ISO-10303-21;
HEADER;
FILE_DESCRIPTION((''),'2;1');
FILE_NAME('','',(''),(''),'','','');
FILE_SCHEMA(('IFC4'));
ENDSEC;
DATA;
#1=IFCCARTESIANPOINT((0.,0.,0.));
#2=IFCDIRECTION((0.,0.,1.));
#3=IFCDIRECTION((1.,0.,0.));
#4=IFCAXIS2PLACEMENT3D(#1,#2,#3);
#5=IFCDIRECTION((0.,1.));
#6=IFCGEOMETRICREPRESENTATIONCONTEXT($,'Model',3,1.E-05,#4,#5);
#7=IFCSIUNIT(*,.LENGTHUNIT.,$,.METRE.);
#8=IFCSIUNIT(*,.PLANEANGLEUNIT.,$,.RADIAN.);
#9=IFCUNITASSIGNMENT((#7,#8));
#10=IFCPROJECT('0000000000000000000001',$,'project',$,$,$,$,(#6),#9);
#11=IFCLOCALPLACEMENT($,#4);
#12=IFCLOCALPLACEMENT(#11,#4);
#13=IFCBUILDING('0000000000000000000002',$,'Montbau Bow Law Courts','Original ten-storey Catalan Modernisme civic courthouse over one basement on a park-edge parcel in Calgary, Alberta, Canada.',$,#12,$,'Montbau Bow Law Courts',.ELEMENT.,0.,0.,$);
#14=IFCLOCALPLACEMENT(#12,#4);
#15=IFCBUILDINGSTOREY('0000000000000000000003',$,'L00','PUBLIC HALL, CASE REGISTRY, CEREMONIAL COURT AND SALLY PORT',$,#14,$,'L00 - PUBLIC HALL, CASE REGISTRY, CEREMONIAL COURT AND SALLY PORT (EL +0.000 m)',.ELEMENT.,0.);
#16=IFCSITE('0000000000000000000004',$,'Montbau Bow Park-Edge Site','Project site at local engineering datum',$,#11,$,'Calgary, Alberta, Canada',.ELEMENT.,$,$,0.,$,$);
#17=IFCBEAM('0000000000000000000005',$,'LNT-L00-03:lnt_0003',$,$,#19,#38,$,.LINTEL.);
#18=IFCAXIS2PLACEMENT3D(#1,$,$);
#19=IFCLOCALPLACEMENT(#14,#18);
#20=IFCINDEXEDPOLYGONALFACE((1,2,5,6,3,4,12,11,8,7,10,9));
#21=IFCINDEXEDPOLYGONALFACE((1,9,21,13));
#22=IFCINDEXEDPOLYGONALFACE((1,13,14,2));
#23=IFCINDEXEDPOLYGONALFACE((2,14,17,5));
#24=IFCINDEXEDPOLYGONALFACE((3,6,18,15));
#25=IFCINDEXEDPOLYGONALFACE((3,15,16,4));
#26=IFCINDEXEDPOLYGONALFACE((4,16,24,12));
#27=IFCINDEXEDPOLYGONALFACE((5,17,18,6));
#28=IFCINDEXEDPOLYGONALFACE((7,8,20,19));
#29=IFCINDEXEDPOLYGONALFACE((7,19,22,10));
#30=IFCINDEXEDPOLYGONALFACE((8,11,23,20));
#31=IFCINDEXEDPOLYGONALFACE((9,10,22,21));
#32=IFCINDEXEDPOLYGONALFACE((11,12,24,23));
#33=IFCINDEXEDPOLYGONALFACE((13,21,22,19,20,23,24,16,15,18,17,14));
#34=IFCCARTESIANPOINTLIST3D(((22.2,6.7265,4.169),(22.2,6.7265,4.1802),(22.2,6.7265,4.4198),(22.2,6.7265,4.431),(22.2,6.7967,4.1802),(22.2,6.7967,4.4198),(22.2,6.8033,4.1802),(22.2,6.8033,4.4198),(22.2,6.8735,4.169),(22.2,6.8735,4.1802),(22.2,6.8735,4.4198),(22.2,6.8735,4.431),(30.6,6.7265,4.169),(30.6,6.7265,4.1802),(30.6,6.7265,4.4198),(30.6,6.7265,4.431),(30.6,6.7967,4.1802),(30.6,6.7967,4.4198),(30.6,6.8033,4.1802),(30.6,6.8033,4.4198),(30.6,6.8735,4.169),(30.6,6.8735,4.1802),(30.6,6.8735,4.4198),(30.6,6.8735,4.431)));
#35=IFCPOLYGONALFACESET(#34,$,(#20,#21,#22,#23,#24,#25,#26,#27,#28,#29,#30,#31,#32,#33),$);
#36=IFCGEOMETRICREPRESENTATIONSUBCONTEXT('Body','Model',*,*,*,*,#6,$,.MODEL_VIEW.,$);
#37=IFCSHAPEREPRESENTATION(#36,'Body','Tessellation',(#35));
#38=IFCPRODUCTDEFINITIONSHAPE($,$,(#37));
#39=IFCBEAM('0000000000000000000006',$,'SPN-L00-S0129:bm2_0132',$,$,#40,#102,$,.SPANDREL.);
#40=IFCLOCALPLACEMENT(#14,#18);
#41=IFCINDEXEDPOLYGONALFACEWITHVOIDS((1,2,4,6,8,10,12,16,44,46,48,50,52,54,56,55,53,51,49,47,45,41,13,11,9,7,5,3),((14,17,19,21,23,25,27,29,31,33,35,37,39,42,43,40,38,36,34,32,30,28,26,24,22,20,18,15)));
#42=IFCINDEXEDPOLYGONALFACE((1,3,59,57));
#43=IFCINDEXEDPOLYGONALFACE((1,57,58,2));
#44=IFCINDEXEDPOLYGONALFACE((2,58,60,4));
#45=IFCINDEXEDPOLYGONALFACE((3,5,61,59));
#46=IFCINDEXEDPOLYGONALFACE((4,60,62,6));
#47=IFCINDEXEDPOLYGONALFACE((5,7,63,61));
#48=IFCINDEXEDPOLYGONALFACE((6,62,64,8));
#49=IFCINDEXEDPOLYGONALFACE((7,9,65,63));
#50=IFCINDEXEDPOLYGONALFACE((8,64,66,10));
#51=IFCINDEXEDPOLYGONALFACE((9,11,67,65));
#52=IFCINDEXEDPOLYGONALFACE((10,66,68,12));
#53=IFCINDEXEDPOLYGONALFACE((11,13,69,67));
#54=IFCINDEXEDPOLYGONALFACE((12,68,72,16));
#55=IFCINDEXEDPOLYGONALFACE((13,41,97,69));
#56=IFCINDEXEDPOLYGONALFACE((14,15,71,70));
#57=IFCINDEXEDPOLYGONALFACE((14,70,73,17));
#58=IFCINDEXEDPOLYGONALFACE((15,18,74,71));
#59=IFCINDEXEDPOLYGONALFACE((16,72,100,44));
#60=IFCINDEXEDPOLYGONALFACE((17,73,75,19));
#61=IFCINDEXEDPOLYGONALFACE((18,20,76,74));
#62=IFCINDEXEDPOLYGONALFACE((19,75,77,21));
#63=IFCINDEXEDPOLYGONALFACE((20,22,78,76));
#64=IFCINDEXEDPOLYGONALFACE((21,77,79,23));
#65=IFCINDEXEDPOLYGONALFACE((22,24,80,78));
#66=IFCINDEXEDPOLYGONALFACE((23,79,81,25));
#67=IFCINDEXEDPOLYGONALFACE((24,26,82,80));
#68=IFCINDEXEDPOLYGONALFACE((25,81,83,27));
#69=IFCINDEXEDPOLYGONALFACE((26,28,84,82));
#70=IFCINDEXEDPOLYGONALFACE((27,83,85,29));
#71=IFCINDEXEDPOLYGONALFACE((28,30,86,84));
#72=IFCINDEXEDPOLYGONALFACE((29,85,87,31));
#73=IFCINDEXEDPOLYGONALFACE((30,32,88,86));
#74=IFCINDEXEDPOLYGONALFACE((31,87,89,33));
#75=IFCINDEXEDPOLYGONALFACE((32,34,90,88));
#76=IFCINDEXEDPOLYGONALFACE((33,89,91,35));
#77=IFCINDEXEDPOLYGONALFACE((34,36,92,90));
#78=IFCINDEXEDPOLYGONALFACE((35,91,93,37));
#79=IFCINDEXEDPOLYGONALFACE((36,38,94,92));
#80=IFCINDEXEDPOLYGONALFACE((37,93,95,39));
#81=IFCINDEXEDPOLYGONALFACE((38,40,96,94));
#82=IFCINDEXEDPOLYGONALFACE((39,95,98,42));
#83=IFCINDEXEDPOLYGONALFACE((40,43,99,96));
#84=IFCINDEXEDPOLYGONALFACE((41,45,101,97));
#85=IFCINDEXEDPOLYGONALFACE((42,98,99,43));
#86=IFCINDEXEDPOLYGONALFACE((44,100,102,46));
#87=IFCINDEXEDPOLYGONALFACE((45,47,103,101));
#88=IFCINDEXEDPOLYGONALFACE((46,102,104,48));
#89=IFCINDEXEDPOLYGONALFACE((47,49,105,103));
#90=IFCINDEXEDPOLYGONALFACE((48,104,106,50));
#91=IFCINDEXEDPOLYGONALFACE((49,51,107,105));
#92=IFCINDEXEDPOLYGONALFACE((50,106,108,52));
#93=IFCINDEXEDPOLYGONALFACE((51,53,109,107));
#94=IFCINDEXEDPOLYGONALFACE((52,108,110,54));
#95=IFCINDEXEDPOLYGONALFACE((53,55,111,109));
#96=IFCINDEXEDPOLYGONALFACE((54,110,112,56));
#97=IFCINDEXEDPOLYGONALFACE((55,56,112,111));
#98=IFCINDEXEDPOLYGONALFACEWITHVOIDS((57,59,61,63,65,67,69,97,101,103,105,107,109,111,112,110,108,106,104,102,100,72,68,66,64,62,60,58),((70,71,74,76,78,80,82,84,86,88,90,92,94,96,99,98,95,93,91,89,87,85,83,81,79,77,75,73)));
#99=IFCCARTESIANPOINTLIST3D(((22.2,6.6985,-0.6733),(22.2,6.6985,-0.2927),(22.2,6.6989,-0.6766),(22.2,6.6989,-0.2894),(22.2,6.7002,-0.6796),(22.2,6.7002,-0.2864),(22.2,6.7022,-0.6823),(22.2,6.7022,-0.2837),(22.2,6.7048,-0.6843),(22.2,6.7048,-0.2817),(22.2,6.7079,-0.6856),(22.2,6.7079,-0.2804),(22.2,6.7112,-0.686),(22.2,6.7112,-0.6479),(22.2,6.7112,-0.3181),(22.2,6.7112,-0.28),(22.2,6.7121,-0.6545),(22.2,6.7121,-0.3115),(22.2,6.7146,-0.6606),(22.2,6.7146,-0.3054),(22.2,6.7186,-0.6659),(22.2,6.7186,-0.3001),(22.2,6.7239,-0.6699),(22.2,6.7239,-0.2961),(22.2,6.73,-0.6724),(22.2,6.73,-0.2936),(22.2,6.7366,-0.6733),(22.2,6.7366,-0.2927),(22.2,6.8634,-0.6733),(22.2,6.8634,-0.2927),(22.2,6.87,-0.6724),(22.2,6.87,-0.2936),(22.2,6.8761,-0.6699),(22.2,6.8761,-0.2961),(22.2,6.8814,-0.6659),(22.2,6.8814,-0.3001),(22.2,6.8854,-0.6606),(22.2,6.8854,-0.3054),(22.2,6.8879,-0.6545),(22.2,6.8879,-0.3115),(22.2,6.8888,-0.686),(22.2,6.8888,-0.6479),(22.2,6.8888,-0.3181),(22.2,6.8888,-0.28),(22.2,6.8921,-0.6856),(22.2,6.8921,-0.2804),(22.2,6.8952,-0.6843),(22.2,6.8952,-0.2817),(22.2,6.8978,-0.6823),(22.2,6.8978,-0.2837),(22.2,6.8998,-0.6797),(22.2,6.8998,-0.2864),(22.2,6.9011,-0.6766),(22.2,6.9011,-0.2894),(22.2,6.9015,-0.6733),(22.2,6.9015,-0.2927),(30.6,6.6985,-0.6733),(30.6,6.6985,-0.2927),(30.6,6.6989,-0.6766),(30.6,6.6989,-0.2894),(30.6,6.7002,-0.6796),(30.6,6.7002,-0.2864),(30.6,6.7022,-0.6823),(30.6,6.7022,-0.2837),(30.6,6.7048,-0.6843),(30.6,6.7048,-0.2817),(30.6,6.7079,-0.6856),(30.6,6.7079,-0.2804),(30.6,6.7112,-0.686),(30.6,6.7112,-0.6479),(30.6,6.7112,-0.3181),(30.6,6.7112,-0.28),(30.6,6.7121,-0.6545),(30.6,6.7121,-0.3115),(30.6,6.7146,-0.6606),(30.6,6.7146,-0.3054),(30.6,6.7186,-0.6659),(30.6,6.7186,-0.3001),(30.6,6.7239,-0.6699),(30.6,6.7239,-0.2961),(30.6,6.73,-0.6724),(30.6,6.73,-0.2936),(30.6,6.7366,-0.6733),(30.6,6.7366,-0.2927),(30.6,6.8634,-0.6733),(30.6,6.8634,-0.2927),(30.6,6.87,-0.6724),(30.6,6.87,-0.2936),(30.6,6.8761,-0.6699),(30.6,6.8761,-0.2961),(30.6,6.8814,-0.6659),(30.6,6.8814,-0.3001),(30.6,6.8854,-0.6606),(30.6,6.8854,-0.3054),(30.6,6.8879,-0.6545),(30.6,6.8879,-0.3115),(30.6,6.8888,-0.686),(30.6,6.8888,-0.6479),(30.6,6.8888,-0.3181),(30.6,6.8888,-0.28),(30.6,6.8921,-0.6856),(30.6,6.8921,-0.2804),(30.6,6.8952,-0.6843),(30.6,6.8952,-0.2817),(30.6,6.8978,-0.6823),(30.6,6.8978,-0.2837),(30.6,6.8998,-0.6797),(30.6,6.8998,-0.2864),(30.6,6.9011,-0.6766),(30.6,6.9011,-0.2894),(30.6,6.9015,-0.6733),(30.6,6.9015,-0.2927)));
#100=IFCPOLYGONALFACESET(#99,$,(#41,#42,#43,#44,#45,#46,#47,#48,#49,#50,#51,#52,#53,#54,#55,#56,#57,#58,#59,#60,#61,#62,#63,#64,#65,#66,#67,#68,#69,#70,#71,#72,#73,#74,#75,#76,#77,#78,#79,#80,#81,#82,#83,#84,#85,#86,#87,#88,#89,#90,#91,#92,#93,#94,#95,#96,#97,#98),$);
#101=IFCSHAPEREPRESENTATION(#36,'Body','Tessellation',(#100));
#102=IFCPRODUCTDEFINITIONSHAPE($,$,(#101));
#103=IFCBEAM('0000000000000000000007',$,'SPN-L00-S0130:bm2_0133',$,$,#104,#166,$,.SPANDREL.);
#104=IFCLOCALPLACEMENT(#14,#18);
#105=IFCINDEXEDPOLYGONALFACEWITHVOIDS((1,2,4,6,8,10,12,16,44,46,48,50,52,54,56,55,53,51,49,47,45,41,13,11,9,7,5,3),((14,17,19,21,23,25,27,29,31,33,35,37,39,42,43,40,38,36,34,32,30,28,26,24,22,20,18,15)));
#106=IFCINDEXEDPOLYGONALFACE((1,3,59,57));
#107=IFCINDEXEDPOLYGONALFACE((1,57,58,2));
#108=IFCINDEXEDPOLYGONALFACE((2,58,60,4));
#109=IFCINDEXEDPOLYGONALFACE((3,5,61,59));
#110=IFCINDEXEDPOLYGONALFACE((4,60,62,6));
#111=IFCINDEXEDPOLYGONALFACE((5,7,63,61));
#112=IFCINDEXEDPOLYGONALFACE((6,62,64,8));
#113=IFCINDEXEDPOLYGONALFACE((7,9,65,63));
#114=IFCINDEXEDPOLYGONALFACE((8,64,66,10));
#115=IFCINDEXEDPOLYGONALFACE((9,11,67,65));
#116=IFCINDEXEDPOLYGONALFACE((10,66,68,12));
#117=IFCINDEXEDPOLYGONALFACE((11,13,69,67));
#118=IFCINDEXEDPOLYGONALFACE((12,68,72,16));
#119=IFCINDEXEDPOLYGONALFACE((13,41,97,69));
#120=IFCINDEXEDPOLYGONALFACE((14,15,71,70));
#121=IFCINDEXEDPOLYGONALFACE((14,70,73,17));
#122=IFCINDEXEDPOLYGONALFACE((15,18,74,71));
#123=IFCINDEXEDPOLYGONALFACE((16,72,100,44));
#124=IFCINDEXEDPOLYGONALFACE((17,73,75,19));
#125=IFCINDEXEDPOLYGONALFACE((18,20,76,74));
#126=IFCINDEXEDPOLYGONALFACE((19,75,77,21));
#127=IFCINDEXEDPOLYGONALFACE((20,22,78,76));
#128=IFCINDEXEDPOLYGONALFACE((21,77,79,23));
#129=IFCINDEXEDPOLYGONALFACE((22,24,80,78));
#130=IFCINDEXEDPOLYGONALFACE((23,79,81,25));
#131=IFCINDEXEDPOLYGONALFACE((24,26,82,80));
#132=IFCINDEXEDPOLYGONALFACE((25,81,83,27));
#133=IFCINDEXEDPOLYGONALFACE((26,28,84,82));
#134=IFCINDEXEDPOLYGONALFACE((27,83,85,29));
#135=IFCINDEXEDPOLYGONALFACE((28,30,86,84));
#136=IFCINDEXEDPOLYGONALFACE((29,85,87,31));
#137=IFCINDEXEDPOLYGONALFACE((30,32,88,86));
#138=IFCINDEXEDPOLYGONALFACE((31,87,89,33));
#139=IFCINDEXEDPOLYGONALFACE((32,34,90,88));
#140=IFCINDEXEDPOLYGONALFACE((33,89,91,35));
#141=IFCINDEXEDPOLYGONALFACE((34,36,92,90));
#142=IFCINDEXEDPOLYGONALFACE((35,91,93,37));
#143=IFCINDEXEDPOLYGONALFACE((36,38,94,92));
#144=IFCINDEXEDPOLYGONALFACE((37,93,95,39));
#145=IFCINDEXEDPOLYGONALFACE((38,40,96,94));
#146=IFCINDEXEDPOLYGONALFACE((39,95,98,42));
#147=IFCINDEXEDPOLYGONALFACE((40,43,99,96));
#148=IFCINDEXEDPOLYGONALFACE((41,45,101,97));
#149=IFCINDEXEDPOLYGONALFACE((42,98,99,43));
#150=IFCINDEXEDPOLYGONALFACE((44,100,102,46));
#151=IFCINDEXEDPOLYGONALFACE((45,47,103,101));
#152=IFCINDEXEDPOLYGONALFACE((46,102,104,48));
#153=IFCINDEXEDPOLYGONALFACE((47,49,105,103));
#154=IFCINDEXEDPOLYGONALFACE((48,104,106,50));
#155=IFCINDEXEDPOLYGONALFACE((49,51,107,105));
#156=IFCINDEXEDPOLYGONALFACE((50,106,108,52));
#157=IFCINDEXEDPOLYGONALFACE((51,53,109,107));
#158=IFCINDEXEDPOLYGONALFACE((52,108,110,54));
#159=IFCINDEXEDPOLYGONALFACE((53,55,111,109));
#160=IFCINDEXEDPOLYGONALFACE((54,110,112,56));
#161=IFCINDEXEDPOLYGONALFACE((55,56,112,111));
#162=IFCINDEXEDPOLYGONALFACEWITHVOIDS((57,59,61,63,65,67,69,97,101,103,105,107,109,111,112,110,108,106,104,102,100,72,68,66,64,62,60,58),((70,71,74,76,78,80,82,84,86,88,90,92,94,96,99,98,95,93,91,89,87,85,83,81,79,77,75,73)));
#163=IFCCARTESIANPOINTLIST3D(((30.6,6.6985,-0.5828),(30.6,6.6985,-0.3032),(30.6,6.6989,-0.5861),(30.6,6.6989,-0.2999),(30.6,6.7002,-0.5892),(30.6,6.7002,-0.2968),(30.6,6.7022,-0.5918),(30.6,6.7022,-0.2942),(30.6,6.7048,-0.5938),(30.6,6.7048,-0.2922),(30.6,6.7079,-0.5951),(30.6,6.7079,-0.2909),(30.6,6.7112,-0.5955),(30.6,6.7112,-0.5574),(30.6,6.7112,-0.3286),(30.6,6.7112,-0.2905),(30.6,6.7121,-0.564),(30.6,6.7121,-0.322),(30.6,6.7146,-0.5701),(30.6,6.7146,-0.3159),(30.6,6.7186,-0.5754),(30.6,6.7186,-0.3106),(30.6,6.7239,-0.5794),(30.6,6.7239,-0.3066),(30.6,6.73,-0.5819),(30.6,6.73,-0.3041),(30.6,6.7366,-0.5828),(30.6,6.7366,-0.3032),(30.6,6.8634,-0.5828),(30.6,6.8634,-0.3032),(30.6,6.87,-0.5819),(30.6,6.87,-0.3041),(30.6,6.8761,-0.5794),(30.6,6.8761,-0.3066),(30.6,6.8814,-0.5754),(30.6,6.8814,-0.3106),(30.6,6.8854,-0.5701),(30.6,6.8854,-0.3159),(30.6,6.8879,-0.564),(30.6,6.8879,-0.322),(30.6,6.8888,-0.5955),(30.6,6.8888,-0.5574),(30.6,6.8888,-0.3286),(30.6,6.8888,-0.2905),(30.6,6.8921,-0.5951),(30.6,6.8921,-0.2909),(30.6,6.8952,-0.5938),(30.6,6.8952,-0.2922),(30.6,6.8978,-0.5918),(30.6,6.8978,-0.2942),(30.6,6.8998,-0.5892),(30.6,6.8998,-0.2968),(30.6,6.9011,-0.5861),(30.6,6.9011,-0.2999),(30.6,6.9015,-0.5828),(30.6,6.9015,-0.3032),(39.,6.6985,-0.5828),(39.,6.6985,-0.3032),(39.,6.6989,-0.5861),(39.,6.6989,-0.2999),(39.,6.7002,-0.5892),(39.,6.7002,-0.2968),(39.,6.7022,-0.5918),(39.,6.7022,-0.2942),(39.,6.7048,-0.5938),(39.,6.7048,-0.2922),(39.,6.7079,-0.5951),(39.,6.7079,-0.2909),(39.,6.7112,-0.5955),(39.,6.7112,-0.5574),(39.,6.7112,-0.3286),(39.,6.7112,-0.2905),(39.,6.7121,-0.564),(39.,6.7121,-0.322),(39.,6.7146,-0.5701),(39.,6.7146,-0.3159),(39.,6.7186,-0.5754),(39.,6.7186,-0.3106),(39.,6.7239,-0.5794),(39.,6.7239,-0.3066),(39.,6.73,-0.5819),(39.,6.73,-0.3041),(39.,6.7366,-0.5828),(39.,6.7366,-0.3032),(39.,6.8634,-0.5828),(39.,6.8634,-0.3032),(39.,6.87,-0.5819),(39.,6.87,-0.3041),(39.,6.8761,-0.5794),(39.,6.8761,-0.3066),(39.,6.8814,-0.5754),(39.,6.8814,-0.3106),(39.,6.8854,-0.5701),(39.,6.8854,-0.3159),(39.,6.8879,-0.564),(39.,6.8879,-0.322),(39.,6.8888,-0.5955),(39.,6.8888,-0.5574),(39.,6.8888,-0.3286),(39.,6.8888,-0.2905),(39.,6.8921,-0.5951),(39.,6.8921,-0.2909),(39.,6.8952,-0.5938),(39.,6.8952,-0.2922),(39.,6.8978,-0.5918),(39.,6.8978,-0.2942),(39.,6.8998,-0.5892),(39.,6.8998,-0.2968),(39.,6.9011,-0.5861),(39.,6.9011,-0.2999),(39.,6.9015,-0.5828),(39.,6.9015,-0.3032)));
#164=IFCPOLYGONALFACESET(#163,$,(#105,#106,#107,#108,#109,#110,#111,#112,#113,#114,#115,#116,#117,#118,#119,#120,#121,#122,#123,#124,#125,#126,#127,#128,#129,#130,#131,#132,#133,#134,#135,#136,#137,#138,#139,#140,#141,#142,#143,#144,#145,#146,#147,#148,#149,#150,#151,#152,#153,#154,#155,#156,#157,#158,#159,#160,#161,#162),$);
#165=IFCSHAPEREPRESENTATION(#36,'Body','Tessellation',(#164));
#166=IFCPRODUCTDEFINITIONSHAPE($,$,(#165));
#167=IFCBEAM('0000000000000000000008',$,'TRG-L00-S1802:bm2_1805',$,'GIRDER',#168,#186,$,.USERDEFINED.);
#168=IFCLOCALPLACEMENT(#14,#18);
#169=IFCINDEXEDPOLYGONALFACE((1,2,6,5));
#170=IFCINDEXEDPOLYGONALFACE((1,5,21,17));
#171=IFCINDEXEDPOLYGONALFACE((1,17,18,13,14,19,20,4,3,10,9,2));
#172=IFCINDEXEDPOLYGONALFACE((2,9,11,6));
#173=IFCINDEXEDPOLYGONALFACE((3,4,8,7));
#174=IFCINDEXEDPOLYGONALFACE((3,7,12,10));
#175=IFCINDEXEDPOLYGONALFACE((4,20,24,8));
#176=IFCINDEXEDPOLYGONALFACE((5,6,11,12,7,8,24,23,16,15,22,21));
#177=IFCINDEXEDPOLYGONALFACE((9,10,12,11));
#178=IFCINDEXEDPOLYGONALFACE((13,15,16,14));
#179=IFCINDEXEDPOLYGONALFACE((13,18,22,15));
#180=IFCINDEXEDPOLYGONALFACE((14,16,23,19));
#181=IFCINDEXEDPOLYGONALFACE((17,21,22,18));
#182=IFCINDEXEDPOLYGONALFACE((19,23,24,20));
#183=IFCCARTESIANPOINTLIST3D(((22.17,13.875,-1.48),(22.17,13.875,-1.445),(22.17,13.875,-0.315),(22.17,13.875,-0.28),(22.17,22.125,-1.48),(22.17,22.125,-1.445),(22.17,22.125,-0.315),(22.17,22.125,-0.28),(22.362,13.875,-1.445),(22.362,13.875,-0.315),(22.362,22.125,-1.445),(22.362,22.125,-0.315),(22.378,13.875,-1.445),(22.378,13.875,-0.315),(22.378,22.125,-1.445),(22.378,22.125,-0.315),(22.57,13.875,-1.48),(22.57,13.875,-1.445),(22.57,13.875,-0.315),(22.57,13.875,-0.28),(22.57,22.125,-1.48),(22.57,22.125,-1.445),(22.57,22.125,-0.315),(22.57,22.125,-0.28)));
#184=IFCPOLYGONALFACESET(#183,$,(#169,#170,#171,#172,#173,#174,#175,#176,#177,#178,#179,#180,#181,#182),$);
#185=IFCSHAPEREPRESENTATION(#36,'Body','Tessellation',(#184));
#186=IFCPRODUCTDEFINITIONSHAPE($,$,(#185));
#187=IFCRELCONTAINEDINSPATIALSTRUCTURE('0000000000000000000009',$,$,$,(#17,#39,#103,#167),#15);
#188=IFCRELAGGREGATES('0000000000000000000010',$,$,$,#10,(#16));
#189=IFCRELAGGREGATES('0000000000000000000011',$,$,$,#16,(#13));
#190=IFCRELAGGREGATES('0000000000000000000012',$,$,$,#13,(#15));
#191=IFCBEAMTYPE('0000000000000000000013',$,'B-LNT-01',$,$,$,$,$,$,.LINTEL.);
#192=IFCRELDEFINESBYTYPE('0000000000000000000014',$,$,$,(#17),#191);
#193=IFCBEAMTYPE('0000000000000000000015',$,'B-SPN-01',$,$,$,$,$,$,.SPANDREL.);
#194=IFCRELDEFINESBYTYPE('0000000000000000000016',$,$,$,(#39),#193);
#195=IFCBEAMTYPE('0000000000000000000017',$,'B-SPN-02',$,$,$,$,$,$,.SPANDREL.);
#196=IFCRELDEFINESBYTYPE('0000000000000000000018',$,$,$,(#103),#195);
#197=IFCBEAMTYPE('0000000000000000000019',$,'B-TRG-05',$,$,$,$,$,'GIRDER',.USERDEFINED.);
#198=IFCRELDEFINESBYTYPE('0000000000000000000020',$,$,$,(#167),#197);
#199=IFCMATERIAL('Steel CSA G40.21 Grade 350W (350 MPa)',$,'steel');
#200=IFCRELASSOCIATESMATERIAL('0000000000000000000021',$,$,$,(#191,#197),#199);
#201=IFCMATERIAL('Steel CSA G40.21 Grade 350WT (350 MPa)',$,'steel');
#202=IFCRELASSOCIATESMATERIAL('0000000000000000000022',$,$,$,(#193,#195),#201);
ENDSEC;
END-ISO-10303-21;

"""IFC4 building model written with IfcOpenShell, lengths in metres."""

from ifc_helpers import new_model, si_unit, direction, frame, origin_with_axes, origin_2d_with_axis, place, context, subcontext, project, spatial, hollow_rectangle, i_section, extrude, material, material_profile, profile_set, type_object, element, save


model = new_model("IFC4")

# Units and contexts
model_context = context("Model", 3, precision=1e-05, world=origin_with_axes(), true_north=direction((0.0, 1.0)))
body_context = subcontext(model_context, "Body", "Model", "MODEL_VIEW")
ifc_project = project(units=[si_unit("LENGTHUNIT", "METRE"), si_unit("PLANEANGLEUNIT", "RADIAN")], contexts=[model_context])

# Site, building, storey
site_placement = place(None, origin_with_axes())
site = spatial("IfcSite", under=ifc_project, at=site_placement, Name="Montbau Bow Park-Edge Site", Description="Project site at local engineering datum", LongName="Calgary, Alberta, Canada", CompositionType="ELEMENT", RefElevation=0.0)
building_placement = place(site_placement, origin_with_axes())
building = spatial("IfcBuilding", under=site, at=building_placement, Name="Montbau Bow Law Courts", Description="Original ten-storey Catalan Modernisme civic courthouse over one basement on a park-edge parcel in Calgary, Alberta, Canada.", LongName="Montbau Bow Law Courts", CompositionType="ELEMENT", ElevationOfRefHeight=0.0, ElevationOfTerrain=0.0)
storey_placement = place(building_placement, origin_with_axes())
storey = spatial("IfcBuildingStorey", under=building, at=storey_placement, Name="L00", Description="PUBLIC HALL, CASE REGISTRY, CEREMONIAL COURT AND SALLY PORT", LongName="L00 - PUBLIC HALL, CASE REGISTRY, CEREMONIAL COURT AND SALLY PORT (EL +0.000 m)", CompositionType="ELEMENT", Elevation=0.0)

# Shared definitions
ifc_material_1 = material(Name="Steel CSA G40.21 Grade 350W (350 MPa)", Category="steel")

# Beams
ifc_material_profile_1 = material_profile(ifc_material_1, i_section(OverallWidth=0.147, OverallDepth=0.262, WebThickness=0.0066, FlangeThickness=0.0112, at=origin_2d_with_axis()), Name="W250X39", Category="Main", Priority=0)
ifc_profile_set_1 = profile_set([ifc_material_profile_1], Name="Steel CSA G40.21 Grade 350W (350 MPa)")
beam_type_1 = type_object("IfcBeamType", Name="B-LNT-01", PredefinedType="LINTEL", material=ifc_profile_set_1)
beam_1_placement = place(None, frame((22.2, 6.8, 4.3), z_axis=(1.0, 0.0, 0.0), x_axis=(0.0, 1.0, 0.0)))
element("IfcBeam", 1, at=beam_1_placement, inside=storey, type_object=beam_type_1, Name="LNT-L00-03:lnt_0003", PredefinedType="LINTEL", context=body_context, shape_type="SweptSolid", body=[
    extrude(i_section(OverallWidth=0.147, OverallDepth=0.262, WebThickness=0.0066, FlangeThickness=0.0112, at=origin_2d_with_axis()), origin_with_axes(), (0.0, 0.0, 1.0), 8.4),
])
ifc_material_2 = material(Name="Steel CSA G40.21 Grade 350WT (350 MPa)", Category="steel")
ifc_material_profile_2 = material_profile(ifc_material_2, hollow_rectangle(XDim=0.203, YDim=0.406, WallThickness=0.0127, InnerFilletRadius=0.0254, OuterFilletRadius=0.0127, at=origin_2d_with_axis()), Name="HSS406X203X13", Category="Main", Priority=0)
ifc_profile_set_2 = profile_set([ifc_material_profile_2], Name="Steel CSA G40.21 Grade 350WT (350 MPa)")
beam_type_2 = type_object("IfcBeamType", Name="B-SPN-01", PredefinedType="SPANDREL", material=ifc_profile_set_2)
beam_2_placement = place(None, frame((22.2, 6.8, -0.483), z_axis=(1.0, 0.0, 0.0), x_axis=(0.0, 1.0, 0.0)))
element("IfcBeam", 2, at=beam_2_placement, inside=storey, type_object=beam_type_2, Name="SPN-L00-S0129:bm2_0132", PredefinedType="SPANDREL", context=body_context, shape_type="SweptSolid", body=[
    extrude(hollow_rectangle(XDim=0.203, YDim=0.406, WallThickness=0.0127, InnerFilletRadius=0.0254, OuterFilletRadius=0.0127, at=origin_2d_with_axis()), origin_with_axes(), (0.0, 0.0, 1.0), 8.4),
])
ifc_material_profile_3 = material_profile(ifc_material_2, hollow_rectangle(XDim=0.203, YDim=0.305, WallThickness=0.0127, InnerFilletRadius=0.0254, OuterFilletRadius=0.0127, at=origin_2d_with_axis()), Name="HSS305X203X13", Category="Main", Priority=0)
ifc_profile_set_3 = profile_set([ifc_material_profile_3], Name="Steel CSA G40.21 Grade 350WT (350 MPa)")
beam_type_3 = type_object("IfcBeamType", Name="B-SPN-02", PredefinedType="SPANDREL", material=ifc_profile_set_3)
beam_3_placement = place(None, frame((30.6, 6.8, -0.443), z_axis=(1.0, 0.0, 0.0), x_axis=(0.0, 1.0, 0.0)))
element("IfcBeam", 3, at=beam_3_placement, inside=storey, type_object=beam_type_3, Name="SPN-L00-S0130:bm2_0133", PredefinedType="SPANDREL", context=body_context, shape_type="SweptSolid", body=[
    extrude(hollow_rectangle(XDim=0.203, YDim=0.305, WallThickness=0.0127, InnerFilletRadius=0.0254, OuterFilletRadius=0.0127, at=origin_2d_with_axis()), origin_with_axes(), (0.0, 0.0, 1.0), 8.4),
])
ifc_material_profile_4 = material_profile(ifc_material_1, i_section(OverallWidth=0.4, OverallDepth=1.2, WebThickness=0.016, FlangeThickness=0.035, at=origin_2d_with_axis()), Name="WWF1200X302", Category="Main", Priority=0)
ifc_profile_set_4 = profile_set([ifc_material_profile_4], Name="Steel CSA G40.21 Grade 350W (350 MPa)")
beam_type_4 = type_object("IfcBeamType", Name="B-TRG-05", ElementType="GIRDER", PredefinedType="USERDEFINED", material=ifc_profile_set_4)
for number, where, z_axis, x_axis, name in (
    (4, (22.37, 13.875, -0.88), (0.0, 1.0, 0.0), (-1.0, 0.0, 0.0), "TRG-L00-S1802:bm2_1805"),
):
    element("IfcBeam", number, at=place(None, frame(where, z_axis=z_axis, x_axis=x_axis)), inside=storey, type_object=beam_type_4, Name=name, ObjectType="GIRDER", PredefinedType="USERDEFINED", context=body_context, shape_type="SweptSolid", body=[
        extrude(i_section(OverallWidth=0.4, OverallDepth=1.2, WebThickness=0.016, FlangeThickness=0.035, at=origin_2d_with_axis()), origin_with_axes(), (0.0, 0.0, 1.0), 8.25),
    ])

save(model, "model.ifc")
